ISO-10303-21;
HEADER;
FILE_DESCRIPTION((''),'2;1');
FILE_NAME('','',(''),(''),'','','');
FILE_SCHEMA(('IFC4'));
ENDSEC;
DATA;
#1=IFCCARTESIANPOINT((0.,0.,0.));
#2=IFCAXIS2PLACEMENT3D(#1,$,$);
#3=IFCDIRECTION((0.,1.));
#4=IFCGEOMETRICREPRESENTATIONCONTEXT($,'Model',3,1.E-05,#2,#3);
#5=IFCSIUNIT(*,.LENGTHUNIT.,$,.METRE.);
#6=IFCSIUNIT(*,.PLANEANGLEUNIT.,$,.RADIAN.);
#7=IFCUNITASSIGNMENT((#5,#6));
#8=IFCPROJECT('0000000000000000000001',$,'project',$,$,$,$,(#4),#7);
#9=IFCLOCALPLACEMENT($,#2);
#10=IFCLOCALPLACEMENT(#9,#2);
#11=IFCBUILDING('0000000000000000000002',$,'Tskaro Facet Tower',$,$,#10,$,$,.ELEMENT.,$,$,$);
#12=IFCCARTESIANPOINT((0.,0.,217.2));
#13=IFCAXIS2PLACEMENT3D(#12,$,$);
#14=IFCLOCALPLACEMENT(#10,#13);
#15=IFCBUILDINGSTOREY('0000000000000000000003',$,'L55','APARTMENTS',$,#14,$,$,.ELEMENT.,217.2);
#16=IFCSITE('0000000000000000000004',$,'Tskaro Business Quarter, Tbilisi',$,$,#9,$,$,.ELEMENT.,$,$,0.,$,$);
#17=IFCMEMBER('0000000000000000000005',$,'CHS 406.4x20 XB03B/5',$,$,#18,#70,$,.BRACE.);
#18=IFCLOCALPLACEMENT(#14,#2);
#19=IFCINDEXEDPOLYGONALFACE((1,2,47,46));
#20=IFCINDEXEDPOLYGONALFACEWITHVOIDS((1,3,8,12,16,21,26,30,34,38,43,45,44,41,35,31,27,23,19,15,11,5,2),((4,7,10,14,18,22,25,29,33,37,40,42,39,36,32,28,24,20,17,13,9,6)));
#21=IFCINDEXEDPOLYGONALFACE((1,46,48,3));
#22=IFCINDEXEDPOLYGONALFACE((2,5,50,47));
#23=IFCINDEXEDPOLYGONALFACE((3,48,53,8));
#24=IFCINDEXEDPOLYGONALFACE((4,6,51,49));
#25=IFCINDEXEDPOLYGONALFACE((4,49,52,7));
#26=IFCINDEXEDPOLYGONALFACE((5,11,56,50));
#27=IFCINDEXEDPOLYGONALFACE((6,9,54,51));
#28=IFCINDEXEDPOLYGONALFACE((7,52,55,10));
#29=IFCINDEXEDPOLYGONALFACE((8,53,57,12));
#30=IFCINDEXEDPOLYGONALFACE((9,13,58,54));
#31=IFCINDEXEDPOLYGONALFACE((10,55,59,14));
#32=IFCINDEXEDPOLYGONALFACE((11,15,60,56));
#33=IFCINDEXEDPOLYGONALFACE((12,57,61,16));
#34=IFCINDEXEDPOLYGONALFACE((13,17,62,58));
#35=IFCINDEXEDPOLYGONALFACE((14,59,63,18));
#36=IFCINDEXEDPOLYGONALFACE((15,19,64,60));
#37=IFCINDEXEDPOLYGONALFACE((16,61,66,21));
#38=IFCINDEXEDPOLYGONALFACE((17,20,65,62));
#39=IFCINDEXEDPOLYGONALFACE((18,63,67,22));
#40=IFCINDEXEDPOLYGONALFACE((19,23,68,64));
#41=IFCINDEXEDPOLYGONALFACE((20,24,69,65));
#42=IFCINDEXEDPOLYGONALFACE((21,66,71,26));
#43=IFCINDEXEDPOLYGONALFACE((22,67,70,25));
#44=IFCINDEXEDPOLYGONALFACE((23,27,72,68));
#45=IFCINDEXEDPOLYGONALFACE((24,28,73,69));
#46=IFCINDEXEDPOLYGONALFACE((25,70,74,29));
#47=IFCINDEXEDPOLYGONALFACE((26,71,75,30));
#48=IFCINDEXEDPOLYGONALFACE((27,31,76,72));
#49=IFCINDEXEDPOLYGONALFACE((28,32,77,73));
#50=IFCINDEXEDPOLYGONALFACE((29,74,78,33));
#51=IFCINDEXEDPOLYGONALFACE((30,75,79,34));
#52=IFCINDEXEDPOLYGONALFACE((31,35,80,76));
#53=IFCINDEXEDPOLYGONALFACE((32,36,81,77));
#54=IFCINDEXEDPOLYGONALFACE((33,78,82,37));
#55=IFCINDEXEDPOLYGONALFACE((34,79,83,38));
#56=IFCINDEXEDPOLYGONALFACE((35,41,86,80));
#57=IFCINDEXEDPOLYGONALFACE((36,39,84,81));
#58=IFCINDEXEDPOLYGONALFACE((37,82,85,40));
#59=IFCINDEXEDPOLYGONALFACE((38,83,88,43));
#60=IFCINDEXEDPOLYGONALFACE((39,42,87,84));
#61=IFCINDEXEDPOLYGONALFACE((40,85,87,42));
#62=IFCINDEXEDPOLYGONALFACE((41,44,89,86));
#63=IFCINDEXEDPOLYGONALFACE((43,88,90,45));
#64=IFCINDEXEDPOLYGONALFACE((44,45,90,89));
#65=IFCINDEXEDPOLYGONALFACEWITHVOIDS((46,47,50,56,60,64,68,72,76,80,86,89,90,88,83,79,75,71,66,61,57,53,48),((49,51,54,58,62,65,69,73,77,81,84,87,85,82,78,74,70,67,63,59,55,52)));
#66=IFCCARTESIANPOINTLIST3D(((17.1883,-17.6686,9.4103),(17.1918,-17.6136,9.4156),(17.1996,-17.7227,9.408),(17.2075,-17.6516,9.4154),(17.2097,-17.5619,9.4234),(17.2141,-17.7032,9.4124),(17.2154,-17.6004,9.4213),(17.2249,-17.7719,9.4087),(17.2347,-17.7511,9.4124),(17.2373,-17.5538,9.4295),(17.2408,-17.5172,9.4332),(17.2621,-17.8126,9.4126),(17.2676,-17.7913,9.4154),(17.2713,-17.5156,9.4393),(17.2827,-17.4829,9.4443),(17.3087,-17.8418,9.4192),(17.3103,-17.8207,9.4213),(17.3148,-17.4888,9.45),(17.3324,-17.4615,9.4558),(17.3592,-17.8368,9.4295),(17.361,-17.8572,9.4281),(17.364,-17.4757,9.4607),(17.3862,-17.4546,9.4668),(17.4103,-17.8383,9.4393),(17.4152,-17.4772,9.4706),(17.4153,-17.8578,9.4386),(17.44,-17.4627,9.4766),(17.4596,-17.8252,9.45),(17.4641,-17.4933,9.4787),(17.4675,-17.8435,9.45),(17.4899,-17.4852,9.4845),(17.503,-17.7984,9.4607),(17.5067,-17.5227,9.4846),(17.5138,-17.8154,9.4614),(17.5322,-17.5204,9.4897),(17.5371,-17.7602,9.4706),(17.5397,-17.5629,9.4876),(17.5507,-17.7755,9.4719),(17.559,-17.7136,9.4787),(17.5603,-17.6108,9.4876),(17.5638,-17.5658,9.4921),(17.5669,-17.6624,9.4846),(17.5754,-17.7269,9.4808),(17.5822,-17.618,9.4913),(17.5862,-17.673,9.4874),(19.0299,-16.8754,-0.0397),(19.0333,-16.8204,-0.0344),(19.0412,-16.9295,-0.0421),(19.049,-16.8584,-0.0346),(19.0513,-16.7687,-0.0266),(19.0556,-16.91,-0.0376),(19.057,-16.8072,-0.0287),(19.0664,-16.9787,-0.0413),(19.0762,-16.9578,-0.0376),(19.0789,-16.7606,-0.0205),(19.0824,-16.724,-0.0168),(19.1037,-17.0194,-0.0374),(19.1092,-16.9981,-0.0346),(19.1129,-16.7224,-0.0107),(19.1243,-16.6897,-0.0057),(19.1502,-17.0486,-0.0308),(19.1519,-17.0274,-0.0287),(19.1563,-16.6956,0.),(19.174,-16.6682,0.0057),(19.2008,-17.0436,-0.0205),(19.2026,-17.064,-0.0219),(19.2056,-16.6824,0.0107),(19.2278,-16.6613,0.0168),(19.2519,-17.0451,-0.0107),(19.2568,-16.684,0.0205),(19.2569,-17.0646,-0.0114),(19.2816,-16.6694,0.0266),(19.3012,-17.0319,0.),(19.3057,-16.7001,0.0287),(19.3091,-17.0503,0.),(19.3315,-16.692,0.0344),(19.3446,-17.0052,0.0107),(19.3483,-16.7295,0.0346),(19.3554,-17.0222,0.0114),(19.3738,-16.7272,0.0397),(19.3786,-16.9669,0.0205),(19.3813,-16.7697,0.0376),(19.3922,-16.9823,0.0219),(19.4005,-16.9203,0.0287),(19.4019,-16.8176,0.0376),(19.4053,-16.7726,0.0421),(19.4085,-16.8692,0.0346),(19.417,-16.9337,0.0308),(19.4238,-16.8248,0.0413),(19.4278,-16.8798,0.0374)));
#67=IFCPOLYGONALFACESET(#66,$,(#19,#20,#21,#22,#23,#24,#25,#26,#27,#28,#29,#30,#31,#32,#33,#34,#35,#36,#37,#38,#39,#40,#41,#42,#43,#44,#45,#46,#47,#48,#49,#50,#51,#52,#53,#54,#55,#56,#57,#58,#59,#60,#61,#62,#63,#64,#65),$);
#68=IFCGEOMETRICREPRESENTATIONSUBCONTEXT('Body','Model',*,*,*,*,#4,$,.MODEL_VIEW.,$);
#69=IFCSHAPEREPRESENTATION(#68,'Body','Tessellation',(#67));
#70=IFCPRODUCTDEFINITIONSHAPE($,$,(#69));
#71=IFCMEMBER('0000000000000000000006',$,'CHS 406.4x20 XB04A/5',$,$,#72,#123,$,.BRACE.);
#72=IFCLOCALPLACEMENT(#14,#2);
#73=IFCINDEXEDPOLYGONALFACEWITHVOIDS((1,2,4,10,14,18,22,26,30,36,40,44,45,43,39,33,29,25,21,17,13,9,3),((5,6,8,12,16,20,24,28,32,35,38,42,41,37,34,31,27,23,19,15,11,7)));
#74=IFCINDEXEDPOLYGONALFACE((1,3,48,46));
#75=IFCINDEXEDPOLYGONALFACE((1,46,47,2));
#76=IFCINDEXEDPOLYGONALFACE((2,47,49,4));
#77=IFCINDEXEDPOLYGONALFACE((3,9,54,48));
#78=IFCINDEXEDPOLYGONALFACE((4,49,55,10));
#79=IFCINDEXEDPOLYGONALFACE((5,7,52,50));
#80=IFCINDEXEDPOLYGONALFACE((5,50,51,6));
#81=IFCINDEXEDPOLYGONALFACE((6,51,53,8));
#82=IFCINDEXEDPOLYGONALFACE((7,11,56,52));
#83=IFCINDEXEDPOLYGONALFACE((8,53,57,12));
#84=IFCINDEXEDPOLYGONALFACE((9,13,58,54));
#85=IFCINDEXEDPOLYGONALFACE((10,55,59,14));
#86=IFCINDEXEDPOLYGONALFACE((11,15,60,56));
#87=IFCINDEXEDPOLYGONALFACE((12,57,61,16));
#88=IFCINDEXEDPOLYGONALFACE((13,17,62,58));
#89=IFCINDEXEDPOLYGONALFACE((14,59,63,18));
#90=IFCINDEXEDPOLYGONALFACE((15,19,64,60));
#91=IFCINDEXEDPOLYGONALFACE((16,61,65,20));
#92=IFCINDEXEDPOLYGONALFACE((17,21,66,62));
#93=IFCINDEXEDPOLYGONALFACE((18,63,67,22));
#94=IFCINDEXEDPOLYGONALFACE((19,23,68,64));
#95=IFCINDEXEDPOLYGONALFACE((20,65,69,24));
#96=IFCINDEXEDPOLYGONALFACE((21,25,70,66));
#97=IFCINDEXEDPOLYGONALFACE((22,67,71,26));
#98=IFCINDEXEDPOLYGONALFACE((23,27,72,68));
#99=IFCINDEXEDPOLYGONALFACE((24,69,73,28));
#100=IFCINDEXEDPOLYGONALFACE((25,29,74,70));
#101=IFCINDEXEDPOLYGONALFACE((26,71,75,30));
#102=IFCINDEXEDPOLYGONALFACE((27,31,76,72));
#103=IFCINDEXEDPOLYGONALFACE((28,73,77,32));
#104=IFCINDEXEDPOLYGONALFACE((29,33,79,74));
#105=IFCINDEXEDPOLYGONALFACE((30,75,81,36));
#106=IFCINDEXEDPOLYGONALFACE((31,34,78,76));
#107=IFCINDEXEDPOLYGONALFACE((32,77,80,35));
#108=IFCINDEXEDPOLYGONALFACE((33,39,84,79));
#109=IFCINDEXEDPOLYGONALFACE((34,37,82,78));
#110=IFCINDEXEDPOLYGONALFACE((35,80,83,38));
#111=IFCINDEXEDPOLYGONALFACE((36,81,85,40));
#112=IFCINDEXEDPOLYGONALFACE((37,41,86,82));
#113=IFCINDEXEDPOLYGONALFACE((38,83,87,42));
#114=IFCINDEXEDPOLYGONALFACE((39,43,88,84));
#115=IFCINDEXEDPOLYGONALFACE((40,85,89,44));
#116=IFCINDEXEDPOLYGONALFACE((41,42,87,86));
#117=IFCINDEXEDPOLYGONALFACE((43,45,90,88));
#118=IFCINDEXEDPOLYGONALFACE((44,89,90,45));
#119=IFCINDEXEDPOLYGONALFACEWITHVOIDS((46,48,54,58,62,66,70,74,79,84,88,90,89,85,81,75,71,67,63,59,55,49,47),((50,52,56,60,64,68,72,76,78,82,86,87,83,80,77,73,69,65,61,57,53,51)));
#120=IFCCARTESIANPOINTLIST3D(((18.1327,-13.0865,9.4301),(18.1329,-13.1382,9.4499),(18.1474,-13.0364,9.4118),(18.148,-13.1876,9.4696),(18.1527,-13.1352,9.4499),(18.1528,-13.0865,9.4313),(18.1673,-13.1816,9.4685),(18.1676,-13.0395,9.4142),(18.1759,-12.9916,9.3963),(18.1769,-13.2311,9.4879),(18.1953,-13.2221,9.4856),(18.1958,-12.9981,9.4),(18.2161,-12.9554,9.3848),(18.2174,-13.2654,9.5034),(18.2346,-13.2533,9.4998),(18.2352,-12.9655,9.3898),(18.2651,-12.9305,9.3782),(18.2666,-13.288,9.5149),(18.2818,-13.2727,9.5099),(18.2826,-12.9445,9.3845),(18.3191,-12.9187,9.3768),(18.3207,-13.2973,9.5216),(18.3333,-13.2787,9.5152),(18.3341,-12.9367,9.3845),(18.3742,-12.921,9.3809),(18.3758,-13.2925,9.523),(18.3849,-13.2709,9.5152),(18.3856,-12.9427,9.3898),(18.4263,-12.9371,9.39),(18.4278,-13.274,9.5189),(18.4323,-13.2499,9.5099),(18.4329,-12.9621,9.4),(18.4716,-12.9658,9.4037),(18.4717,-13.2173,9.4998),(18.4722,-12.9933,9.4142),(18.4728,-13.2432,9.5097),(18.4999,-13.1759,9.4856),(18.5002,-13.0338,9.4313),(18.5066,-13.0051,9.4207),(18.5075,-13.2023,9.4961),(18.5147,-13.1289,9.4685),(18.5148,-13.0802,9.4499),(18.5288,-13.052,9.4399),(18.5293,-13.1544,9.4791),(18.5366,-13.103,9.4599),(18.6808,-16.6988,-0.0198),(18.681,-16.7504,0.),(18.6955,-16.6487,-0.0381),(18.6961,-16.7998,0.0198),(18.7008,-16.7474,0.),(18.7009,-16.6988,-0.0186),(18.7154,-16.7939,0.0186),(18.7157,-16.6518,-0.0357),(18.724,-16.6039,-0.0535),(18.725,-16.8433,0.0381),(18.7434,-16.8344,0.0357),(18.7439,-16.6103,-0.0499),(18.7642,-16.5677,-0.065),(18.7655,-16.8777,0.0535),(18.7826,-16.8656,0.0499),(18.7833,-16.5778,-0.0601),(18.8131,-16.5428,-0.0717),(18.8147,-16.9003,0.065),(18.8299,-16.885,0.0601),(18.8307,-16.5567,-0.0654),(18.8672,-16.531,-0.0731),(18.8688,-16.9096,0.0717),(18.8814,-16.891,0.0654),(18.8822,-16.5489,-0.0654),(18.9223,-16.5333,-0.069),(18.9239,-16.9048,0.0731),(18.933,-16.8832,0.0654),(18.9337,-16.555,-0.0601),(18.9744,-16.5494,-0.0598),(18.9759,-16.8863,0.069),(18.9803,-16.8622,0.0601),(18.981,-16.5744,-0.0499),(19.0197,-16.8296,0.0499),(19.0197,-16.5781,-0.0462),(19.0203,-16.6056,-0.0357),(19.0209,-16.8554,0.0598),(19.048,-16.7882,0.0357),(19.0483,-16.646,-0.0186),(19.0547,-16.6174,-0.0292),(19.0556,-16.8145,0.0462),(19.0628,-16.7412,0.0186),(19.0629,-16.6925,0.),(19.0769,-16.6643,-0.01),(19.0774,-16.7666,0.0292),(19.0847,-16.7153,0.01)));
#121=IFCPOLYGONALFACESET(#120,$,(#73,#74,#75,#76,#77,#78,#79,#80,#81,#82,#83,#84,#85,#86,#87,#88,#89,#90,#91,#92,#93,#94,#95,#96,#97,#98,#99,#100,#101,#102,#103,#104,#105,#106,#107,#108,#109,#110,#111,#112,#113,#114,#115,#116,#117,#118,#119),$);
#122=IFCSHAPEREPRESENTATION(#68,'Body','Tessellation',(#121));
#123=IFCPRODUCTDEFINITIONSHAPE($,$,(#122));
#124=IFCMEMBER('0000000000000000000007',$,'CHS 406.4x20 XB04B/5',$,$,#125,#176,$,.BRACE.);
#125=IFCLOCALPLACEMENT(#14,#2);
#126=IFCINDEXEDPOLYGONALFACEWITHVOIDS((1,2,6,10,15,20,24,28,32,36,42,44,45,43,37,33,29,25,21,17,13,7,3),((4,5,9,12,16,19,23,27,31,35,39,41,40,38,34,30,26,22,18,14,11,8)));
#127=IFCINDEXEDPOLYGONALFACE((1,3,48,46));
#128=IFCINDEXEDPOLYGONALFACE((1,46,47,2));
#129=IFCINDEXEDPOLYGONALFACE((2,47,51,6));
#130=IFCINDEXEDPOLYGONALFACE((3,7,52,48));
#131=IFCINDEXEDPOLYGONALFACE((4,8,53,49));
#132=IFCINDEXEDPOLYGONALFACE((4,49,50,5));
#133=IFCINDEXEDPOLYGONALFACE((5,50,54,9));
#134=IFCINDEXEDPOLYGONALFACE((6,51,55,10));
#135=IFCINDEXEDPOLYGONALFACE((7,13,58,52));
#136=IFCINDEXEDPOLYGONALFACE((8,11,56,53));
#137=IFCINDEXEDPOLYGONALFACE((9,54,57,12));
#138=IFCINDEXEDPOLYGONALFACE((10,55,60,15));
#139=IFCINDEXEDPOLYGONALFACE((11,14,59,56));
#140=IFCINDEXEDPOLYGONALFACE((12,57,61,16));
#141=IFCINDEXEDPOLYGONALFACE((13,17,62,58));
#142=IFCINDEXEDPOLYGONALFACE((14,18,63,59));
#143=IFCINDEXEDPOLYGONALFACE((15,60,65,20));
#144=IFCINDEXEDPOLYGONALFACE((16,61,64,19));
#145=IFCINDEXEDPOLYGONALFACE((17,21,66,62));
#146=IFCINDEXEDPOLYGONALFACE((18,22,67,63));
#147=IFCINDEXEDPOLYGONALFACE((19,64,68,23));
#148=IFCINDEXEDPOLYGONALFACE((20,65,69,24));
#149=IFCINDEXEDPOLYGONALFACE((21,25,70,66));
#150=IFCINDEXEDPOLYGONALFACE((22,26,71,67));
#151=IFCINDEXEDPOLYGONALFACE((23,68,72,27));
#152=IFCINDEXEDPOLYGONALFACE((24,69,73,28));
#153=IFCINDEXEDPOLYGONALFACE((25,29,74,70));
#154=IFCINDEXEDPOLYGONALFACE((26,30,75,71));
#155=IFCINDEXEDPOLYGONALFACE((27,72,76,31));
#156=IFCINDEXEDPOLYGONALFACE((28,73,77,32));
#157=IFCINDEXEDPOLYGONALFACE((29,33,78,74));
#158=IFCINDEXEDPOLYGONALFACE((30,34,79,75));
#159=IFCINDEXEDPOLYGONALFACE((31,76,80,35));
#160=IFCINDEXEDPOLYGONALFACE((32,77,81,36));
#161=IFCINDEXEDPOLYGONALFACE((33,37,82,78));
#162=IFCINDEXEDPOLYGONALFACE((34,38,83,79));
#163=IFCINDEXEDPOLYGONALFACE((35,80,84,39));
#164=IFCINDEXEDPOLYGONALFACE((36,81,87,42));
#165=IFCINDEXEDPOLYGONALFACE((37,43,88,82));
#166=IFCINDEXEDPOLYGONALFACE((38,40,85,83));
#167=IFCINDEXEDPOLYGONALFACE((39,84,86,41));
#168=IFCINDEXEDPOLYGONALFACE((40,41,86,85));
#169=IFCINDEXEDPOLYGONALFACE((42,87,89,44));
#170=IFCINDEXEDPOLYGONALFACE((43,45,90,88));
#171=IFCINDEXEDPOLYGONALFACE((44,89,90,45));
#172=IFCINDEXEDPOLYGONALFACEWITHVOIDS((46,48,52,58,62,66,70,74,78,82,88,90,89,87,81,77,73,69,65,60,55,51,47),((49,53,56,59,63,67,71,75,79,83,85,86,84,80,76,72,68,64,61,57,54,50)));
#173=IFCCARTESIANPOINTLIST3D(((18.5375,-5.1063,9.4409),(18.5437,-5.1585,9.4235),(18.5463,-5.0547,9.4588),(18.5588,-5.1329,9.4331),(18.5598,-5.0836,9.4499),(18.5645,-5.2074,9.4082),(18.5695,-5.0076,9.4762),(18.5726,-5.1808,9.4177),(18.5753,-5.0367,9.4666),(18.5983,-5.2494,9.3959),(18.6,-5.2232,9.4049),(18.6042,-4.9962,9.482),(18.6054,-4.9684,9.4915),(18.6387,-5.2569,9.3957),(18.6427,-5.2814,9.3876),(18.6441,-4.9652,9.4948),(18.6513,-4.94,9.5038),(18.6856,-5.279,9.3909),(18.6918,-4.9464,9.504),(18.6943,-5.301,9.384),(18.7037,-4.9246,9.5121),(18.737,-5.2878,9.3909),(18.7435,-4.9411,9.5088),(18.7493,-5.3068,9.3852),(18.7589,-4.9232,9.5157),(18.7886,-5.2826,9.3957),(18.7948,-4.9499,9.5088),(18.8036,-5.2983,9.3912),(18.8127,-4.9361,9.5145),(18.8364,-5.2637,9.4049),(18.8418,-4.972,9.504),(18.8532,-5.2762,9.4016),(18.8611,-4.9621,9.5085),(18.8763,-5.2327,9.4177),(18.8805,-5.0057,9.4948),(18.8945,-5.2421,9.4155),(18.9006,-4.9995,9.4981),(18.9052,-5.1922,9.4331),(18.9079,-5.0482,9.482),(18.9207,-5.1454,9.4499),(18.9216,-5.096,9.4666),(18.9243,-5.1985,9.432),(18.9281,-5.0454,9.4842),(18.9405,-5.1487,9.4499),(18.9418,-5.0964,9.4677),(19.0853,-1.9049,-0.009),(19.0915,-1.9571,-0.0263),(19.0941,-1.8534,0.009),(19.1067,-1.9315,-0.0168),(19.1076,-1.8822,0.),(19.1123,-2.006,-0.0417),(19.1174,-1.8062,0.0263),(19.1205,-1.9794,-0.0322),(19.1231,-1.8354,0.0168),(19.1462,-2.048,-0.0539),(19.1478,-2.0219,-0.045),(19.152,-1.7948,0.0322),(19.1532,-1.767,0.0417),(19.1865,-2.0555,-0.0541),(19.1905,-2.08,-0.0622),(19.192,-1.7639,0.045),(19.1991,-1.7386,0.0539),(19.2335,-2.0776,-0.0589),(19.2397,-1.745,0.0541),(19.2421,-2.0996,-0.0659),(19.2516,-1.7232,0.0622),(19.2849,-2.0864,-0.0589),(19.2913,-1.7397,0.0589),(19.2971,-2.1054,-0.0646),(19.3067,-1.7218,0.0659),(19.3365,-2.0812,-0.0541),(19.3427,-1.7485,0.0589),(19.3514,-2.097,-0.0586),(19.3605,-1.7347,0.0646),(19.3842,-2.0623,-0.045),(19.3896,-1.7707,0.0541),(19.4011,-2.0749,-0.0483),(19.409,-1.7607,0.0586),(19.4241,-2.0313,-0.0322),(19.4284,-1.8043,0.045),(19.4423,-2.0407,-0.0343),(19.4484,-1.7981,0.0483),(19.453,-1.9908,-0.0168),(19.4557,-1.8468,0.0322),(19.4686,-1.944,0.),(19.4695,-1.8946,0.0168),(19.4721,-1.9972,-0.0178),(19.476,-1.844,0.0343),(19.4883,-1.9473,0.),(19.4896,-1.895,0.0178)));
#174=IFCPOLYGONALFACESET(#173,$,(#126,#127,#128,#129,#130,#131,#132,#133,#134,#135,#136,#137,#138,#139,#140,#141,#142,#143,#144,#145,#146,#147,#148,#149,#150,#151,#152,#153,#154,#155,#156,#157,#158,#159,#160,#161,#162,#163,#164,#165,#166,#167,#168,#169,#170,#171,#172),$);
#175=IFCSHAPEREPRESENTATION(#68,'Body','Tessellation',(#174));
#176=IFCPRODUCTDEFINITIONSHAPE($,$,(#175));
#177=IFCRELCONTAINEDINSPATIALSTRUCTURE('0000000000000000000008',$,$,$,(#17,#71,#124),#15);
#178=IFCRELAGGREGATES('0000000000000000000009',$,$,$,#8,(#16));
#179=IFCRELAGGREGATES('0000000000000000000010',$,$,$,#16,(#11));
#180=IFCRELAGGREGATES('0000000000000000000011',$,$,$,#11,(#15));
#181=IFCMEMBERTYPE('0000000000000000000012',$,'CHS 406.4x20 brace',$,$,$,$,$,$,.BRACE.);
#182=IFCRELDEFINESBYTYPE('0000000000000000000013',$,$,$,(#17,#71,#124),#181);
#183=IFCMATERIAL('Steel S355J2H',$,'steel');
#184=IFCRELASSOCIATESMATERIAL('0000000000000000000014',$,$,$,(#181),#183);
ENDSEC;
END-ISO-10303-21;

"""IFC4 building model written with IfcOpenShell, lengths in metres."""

from ifc_helpers import new_model, si_unit, direction, frame, origin, origin_2d, place, context, subcontext, project, spatial, hollow_circle, extrude, material, material_profile, profile_set, type_object, element, save


model = new_model("IFC4")

# Units and contexts
model_context = context("Model", 3, precision=1e-05, world=origin(), true_north=direction((0.0, 1.0)))
body_context = subcontext(model_context, "Body", "Model", "MODEL_VIEW")
ifc_project = project(units=[si_unit("LENGTHUNIT", "METRE"), si_unit("PLANEANGLEUNIT", "RADIAN")], contexts=[model_context])

# Site, building, storey
site_placement = place(None, origin())
site = spatial("IfcSite", under=ifc_project, at=site_placement, Name="Tskaro Business Quarter, Tbilisi", CompositionType="ELEMENT", RefElevation=0.0)
building_placement = place(site_placement, origin())
building = spatial("IfcBuilding", under=site, at=building_placement, Name="Tskaro Facet Tower", CompositionType="ELEMENT")
storey_placement = place(building_placement, frame((0.0, 0.0, 217.2)))
storey = spatial("IfcBuildingStorey", under=building, at=storey_placement, Name="L55", Description="APARTMENTS", CompositionType="ELEMENT", Elevation=217.2)

# Shared definitions
ifc_material_1 = material(Name="Steel S355J2H", Category="steel")

# Members
ifc_material_profile_1 = material_profile(ifc_material_1, hollow_circle(Radius=0.2031, WallThickness=0.02, at=origin_2d()), Name="CHS 406.4x20")
ifc_profile_set_1 = profile_set([ifc_material_profile_1], Name="Steel S355J2H")
member_type_1 = type_object("IfcMemberType", Name="CHS 406.4x20 brace", PredefinedType="BRACE", material=ifc_profile_set_1)
for number, where, z_axis, x_axis, name in (
    (1, (19.2288, -16.8638, 0.0), (-0.19063, -0.08211, 0.978222), (0.395594, -0.918426, 0.0), "CHS 406.4x20 XB03B/5"),
):
    element("IfcMember", number, at=place(storey_placement, frame(where, z_axis=z_axis, x_axis=x_axis)), inside=storey, type_object=member_type_1, Name=name, PredefinedType="BRACE", context=body_context, shape_type="SweptSolid", body=[
        extrude(hollow_circle(Radius=0.2031, WallThickness=0.02, at=origin_2d()), origin(), (0.0, 0.0, 1.0), 9.6604),
    ])
member_1_placement = place(storey_placement, frame((18.8818, -16.72, 0.0), z_axis=(-0.054097, 0.356536, 0.932714), x_axis=(-0.988684, -0.150013, 0.0)))
element("IfcMember", 2, at=member_1_placement, inside=storey, type_object=member_type_1, Name="CHS 406.4x20 XB04A/5", PredefinedType="BRACE", context=body_context, shape_type="SweptSolid", body=[
    extrude(hollow_circle(Radius=0.2031, WallThickness=0.02, at=origin_2d()), origin(), (0.0, 0.0, 1.0), 10.1316),
])
member_2_placement = place(storey_placement, frame((19.2881, -1.9131, 0.0), z_axis=(-0.054826, -0.320381, 0.945701), x_axis=(0.985672, -0.168676, 0.0)))
element("IfcMember", 3, at=member_2_placement, inside=storey, type_object=member_type_1, Name="CHS 406.4x20 XB04B/5", PredefinedType="BRACE", context=body_context, shape_type="SweptSolid", body=[
    extrude(hollow_circle(Radius=0.2031, WallThickness=0.02, at=origin_2d()), origin(), (0.0, 0.0, 1.0), 9.9924),
])

save(model, "model.ifc")
